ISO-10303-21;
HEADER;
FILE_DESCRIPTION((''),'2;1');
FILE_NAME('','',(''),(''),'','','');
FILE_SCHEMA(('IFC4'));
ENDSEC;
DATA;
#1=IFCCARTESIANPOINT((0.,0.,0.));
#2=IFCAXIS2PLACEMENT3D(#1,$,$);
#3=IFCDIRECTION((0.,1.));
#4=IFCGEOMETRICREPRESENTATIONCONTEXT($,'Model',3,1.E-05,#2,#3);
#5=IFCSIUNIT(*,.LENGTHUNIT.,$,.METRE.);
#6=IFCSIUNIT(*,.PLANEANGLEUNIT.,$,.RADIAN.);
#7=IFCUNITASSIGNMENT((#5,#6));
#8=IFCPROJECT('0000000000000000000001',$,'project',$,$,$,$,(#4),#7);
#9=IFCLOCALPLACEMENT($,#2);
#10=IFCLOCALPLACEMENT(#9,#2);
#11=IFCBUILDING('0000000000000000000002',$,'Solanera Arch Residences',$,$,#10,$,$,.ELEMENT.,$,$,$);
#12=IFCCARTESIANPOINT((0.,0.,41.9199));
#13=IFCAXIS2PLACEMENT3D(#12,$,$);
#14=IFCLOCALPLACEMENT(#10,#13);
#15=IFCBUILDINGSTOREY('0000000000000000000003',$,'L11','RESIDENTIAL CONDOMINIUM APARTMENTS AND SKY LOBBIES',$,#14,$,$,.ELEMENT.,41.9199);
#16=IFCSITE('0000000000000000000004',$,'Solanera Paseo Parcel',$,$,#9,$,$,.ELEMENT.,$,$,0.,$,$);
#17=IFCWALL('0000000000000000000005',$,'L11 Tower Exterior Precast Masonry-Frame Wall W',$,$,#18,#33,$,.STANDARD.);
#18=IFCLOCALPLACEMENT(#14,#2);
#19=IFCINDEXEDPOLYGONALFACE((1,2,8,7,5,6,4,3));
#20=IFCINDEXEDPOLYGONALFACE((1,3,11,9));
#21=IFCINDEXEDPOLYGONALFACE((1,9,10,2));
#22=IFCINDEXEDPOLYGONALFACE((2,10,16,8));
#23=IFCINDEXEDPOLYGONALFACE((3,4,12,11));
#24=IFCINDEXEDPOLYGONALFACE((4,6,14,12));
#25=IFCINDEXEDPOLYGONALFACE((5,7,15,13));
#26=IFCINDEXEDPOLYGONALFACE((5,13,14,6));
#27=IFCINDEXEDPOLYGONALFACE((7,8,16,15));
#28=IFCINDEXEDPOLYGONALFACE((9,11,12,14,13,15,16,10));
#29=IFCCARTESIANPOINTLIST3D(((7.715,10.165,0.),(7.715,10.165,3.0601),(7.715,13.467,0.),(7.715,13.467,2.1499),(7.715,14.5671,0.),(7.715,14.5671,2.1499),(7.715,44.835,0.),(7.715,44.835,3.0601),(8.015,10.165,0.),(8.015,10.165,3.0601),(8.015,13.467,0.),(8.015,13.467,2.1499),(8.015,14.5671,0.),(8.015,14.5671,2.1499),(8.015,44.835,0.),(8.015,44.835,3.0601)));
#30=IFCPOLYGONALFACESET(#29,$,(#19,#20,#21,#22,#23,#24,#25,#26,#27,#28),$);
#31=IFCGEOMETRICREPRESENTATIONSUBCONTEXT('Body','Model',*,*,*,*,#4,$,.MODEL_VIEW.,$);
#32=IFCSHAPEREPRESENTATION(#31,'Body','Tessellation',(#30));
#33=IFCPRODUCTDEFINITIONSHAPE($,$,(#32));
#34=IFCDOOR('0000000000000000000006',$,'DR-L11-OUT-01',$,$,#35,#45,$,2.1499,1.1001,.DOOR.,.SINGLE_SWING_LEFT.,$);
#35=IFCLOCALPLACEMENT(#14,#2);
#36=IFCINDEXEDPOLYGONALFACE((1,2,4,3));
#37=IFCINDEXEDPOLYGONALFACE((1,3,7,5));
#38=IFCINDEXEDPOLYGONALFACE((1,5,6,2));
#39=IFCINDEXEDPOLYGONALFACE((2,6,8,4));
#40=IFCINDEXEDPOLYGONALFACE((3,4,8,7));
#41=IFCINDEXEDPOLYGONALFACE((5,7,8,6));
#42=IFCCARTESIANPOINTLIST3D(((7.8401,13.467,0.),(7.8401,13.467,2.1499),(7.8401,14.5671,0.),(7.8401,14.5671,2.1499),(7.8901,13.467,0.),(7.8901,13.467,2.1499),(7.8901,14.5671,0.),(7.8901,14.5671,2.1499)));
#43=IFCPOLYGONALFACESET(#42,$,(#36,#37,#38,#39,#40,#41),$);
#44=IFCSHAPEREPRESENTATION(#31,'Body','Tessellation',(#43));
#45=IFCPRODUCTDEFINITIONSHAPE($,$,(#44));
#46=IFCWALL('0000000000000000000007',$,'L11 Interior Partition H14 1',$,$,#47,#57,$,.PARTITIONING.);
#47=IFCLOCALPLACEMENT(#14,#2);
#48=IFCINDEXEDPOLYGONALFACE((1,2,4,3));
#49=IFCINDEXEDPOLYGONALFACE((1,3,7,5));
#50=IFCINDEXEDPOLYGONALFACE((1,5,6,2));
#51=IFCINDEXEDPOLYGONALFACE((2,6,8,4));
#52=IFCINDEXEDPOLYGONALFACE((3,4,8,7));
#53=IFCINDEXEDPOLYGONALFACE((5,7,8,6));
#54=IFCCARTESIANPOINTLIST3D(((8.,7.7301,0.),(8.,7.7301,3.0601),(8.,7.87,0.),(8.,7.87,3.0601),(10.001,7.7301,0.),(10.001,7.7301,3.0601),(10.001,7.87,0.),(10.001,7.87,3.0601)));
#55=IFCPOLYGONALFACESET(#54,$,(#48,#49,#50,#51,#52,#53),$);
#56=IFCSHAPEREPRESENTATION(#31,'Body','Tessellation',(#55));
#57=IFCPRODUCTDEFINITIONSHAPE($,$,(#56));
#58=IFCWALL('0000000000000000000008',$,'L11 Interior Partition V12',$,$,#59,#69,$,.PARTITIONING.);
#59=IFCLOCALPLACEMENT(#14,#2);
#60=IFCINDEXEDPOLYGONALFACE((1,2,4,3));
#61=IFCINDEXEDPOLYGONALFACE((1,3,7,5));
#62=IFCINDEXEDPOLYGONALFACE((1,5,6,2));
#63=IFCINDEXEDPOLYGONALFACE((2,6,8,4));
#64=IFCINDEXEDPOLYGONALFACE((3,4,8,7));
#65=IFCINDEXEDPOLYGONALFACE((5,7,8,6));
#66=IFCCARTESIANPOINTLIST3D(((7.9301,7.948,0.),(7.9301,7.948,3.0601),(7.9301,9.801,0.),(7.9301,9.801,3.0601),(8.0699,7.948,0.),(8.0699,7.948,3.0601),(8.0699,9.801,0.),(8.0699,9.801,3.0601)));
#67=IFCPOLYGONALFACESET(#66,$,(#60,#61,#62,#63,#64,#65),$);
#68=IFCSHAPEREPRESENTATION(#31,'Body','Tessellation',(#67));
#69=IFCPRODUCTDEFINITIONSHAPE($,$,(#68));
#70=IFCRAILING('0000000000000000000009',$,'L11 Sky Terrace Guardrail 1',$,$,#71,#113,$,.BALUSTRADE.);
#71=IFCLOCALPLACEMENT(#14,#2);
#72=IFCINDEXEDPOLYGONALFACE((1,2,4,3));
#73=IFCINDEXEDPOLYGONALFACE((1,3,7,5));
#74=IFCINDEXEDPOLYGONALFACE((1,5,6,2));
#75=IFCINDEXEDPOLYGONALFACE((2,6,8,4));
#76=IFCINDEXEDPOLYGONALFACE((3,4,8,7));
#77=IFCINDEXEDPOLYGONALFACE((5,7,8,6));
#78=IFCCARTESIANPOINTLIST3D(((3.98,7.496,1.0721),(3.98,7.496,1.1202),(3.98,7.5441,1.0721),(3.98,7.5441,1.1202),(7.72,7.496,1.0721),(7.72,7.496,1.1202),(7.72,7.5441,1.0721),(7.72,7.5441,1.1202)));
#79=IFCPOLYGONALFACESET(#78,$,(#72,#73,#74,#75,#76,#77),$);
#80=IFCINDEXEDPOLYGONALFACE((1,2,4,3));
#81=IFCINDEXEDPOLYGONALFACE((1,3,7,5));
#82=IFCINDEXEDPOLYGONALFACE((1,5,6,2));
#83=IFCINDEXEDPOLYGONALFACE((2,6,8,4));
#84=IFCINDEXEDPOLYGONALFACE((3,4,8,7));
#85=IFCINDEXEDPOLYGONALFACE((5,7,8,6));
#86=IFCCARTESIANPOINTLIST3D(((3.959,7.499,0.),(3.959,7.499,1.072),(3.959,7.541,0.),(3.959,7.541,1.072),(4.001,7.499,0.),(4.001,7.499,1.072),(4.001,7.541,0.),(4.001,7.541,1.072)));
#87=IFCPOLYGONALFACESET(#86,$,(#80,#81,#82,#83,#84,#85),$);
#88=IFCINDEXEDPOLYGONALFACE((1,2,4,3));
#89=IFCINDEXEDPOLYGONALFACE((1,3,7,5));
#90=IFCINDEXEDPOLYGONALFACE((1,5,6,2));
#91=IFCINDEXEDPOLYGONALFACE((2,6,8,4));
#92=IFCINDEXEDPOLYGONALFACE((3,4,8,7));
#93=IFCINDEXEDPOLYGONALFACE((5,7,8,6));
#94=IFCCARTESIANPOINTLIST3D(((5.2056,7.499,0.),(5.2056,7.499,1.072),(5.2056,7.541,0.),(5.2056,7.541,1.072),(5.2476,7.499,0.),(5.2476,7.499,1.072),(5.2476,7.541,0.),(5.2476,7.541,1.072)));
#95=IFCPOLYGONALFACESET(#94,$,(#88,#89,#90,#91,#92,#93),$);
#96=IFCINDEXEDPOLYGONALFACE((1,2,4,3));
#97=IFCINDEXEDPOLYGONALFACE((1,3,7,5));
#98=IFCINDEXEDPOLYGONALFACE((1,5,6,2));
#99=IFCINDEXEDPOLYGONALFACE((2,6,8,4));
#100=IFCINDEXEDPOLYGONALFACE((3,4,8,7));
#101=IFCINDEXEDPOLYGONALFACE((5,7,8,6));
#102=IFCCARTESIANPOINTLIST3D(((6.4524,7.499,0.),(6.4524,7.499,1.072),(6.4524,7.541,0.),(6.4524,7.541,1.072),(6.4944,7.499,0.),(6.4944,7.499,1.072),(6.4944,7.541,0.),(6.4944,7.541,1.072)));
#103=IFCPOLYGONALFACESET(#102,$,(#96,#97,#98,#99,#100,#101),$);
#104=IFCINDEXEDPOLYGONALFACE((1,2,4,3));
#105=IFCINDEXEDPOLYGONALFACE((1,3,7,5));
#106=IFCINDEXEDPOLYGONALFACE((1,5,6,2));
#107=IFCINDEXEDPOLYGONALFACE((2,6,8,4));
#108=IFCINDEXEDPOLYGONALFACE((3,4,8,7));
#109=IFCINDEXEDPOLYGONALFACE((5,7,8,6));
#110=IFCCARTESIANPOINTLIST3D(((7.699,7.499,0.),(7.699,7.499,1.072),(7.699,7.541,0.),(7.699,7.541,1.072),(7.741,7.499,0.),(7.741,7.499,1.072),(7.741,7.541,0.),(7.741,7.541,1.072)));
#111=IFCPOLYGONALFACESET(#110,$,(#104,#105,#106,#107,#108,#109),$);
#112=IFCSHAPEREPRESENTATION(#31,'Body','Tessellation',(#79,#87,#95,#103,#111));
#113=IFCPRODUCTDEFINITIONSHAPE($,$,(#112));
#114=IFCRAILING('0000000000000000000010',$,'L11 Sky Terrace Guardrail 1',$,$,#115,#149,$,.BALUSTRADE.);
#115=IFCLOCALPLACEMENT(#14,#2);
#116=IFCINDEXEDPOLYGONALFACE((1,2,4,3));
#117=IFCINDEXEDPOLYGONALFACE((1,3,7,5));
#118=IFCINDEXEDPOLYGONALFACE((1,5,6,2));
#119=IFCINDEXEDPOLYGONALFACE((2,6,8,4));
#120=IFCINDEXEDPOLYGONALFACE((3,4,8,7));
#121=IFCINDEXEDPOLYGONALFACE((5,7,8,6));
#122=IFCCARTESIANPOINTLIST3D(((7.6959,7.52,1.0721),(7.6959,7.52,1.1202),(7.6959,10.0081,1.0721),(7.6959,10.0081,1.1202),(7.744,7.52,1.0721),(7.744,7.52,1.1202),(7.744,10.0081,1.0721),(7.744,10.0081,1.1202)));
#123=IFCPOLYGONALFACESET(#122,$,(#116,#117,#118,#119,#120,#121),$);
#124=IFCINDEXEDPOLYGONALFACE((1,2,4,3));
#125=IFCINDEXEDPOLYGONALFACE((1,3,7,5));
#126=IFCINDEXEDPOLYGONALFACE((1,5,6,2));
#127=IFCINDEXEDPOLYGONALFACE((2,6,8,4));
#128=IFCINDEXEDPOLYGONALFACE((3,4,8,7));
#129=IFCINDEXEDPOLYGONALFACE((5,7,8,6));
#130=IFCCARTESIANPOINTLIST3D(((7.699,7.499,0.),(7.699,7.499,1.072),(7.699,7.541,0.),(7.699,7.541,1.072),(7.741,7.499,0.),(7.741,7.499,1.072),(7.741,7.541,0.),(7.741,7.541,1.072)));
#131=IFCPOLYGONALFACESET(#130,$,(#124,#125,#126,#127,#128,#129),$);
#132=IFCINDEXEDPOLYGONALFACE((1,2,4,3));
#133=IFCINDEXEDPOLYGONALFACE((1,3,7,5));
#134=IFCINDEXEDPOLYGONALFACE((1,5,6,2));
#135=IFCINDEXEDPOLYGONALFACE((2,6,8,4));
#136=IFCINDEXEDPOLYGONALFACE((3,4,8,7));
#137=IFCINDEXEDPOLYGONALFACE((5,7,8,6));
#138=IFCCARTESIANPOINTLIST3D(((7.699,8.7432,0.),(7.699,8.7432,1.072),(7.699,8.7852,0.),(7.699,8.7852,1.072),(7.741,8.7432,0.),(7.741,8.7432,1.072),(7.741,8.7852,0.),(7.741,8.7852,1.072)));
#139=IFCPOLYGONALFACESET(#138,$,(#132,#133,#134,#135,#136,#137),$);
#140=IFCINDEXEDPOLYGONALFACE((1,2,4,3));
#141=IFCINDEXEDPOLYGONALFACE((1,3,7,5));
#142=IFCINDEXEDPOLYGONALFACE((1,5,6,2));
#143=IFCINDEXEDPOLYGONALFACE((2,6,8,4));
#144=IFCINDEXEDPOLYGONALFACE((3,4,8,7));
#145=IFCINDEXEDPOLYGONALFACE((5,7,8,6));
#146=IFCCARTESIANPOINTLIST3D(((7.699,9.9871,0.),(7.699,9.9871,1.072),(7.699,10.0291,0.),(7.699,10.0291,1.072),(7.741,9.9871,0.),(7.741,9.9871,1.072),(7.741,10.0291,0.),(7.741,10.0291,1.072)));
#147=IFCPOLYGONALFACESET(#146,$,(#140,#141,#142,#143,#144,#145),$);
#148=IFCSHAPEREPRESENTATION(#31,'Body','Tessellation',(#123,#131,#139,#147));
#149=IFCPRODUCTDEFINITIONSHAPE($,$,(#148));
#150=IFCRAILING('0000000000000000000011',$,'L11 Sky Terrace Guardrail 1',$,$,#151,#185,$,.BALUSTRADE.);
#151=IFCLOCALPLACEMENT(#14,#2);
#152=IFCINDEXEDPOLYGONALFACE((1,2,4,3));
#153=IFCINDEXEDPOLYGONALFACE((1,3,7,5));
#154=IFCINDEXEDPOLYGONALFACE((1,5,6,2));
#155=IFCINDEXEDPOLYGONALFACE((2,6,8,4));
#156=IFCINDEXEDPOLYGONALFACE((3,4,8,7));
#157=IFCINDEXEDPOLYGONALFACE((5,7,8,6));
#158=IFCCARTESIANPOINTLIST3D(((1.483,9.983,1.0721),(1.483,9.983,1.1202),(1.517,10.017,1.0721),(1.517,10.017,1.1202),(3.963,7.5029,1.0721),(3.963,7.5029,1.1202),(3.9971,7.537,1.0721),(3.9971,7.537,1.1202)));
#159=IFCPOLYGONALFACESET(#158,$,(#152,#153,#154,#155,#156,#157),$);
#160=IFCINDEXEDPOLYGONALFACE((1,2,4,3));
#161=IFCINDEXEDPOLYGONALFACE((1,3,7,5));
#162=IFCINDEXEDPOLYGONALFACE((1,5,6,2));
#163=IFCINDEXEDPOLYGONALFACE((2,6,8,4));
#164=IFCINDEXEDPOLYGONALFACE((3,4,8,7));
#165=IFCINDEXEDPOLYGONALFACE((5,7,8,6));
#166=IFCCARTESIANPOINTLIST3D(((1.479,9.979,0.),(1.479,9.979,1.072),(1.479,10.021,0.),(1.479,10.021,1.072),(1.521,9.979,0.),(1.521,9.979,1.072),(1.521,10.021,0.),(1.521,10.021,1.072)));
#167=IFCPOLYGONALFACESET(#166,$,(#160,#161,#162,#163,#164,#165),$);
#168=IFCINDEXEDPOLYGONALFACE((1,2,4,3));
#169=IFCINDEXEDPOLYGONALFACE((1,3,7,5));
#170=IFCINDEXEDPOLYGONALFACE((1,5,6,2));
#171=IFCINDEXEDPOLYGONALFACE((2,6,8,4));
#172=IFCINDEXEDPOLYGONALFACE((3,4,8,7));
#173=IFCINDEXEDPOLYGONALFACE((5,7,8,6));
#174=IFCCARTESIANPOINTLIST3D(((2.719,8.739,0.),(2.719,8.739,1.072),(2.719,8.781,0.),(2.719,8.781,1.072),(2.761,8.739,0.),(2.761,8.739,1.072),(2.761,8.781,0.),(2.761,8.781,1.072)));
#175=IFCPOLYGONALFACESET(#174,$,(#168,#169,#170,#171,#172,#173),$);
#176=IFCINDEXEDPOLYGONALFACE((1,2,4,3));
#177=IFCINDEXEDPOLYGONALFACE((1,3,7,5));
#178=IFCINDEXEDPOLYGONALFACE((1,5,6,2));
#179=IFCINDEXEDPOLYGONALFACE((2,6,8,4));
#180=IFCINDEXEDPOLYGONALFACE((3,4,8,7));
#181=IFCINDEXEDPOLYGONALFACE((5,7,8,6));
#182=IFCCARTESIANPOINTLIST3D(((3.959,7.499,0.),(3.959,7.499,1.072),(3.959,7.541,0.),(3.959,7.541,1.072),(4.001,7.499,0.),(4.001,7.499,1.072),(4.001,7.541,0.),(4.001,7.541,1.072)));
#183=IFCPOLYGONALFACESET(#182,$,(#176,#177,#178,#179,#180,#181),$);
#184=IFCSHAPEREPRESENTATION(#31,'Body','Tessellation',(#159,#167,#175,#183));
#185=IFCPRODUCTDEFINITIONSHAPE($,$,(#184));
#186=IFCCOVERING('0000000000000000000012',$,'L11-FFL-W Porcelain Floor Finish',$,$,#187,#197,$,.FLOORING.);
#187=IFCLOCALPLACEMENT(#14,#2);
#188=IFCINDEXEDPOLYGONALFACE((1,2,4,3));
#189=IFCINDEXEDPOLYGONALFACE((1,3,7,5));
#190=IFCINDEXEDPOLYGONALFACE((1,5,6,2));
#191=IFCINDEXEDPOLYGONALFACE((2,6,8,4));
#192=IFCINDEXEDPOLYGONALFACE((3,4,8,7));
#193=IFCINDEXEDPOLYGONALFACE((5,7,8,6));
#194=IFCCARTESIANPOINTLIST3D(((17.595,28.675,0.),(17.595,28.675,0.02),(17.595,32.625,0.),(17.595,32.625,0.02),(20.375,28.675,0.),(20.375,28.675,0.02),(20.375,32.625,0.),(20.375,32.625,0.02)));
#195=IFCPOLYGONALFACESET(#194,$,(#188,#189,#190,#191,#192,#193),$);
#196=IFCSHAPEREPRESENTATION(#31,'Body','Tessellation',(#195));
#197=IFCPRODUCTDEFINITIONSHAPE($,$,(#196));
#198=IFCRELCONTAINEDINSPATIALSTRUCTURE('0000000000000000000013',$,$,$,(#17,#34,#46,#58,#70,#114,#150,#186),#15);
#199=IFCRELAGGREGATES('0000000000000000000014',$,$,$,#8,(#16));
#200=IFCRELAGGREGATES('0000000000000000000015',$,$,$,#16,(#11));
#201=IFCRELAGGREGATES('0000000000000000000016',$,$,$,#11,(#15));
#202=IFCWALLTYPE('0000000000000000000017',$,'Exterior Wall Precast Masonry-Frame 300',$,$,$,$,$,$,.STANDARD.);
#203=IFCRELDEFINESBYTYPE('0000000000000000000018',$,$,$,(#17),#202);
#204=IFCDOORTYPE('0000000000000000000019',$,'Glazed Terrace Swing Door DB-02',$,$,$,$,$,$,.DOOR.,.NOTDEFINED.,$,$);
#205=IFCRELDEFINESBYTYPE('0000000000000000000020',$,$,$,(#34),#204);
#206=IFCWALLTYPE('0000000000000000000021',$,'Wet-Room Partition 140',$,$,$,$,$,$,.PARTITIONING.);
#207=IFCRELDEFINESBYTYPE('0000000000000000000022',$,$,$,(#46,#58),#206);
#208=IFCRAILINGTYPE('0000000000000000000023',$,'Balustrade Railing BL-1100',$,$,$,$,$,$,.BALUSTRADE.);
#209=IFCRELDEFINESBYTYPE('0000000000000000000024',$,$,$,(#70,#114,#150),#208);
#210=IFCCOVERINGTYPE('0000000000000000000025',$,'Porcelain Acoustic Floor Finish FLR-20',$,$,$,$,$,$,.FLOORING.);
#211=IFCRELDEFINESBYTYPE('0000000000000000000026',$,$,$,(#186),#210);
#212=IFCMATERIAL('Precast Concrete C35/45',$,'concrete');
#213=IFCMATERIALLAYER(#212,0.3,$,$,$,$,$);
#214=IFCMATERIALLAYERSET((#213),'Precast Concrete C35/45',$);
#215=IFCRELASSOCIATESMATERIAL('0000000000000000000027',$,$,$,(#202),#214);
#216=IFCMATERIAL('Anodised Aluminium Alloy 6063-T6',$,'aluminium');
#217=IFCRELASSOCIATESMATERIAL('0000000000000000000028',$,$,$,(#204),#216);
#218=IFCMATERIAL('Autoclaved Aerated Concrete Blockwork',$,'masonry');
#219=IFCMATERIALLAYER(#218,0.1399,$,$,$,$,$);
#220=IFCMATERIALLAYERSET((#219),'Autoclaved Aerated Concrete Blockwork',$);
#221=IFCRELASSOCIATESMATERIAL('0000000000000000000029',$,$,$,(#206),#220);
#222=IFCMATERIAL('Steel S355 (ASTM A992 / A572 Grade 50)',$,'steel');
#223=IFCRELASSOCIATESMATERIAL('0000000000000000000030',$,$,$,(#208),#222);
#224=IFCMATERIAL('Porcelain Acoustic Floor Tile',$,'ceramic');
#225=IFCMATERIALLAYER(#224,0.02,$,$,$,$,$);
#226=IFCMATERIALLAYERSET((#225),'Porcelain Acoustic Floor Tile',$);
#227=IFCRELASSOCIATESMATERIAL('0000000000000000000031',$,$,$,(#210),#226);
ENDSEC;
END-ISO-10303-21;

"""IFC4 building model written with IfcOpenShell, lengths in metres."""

from ifc_helpers import new_model, si_unit, direction, frame, frame_2d, origin, origin_2d, place, context, subcontext, project, spatial, polyline, rectangle, outline, extrude, material, layer, layer_set, type_object, element, fill, save


model = new_model("IFC4")

# Units and contexts
model_context = context("Model", 3, precision=1e-05, world=origin(), true_north=direction((0.0, 1.0)))
body_context = subcontext(model_context, "Body", "Model", "MODEL_VIEW")
ifc_project = project(units=[si_unit("LENGTHUNIT", "METRE"), si_unit("PLANEANGLEUNIT", "RADIAN")], contexts=[model_context])

# Site, building, storey
site_placement = place(None, origin())
site = spatial("IfcSite", under=ifc_project, at=site_placement, Name="Solanera Paseo Parcel", CompositionType="ELEMENT", RefElevation=0.0)
building_placement = place(site_placement, origin())
building = spatial("IfcBuilding", under=site, at=building_placement, Name="Solanera Arch Residences", CompositionType="ELEMENT")
storey_placement = place(building_placement, frame((0.0, 0.0, 41.9199)))
storey = spatial("IfcBuildingStorey", under=building, at=storey_placement, Name="L11", Description="RESIDENTIAL CONDOMINIUM APARTMENTS AND SKY LOBBIES", CompositionType="ELEMENT", Elevation=41.9199)

# Wall, opening, door
ifc_material_1 = material(Name="Precast Concrete C35/45", Category="concrete")
ifc_layer_1 = layer(ifc_material_1, 0.3)
ifc_layer_set_1 = layer_set([ifc_layer_1], Name="Precast Concrete C35/45")
wall_type_1 = type_object("IfcWallType", Name="Exterior Wall Precast Masonry-Frame 300", PredefinedType="STANDARD", material=ifc_layer_set_1)
wall_1_placement = place(storey_placement, frame((7.865, 10.165, 0.0), z_axis=(0.0, 0.0, 1.0), x_axis=(0.0, 1.0, 0.0)))
wall_1 = element("IfcWall", 1, at=wall_1_placement, inside=storey, type_object=wall_type_1, Name="L11 Tower Exterior Precast Masonry-Frame Wall W", PredefinedType="STANDARD", context=body_context, shape_type="SweptSolid", body=[
    extrude(rectangle(XDim=34.6699, YDim=0.3, at=frame_2d((17.335, 0.0))), origin(), (0.0, 0.0, 1.0), 3.0601),
])
opening_placement = place(wall_1_placement, frame((3.302, 0.0, 0.0)))
opening = element("IfcOpeningElement", 2, at=opening_placement, cuts=wall_1, PredefinedType="OPENING", context=body_context, shape_type="SweptSolid", body=[
    extrude(rectangle(XDim=1.1001, YDim=2.1499, at=frame_2d((0.55, 1.075))), frame((0.0, 0.1599, 0.0), z_axis=(0.0, -1.0, 0.0), x_axis=(1.0, 0.0, 0.0)), (0.0, 0.0, 1.0), 0.32),
])
ifc_material_2 = material(Name="Anodised Aluminium Alloy 6063-T6", Category="aluminium")
door_type = type_object("IfcDoorType", Name="Glazed Terrace Swing Door DB-02", OperationType="NOTDEFINED", PredefinedType="DOOR", material=ifc_material_2)
door_placement = place(opening_placement, origin())
door = element("IfcDoor", 3, at=door_placement, inside=storey, type_object=door_type, Name="DR-L11-OUT-01", OperationType="SINGLE_SWING_LEFT", OverallHeight=2.1499, OverallWidth=1.1001, PredefinedType="DOOR", context=body_context, shape_type="SweptSolid", body=[
    extrude(rectangle(XDim=1.1001, YDim=2.1499, at=frame_2d((0.55, 1.075))), frame((0.0, 0.0249, 0.0), z_axis=(0.0, -1.0, 0.0), x_axis=(1.0, 0.0, 0.0)), (0.0, 0.0, 1.0), 0.05),
])
fill(opening, door)

# Walls
ifc_material_3 = material(Name="Autoclaved Aerated Concrete Blockwork", Category="masonry")
ifc_layer_2 = layer(ifc_material_3, 0.1399)
ifc_layer_set_2 = layer_set([ifc_layer_2], Name="Autoclaved Aerated Concrete Blockwork")
wall_type_2 = type_object("IfcWallType", Name="Wet-Room Partition 140", PredefinedType="PARTITIONING", material=ifc_layer_set_2)
wall_2_placement = place(storey_placement, frame((8.0, 7.8, 0.0), z_axis=(0.0, 0.0, 1.0), x_axis=(1.0, 0.0, 0.0)))
element("IfcWall", 4, at=wall_2_placement, inside=storey, type_object=wall_type_2, Name="L11 Interior Partition H14 1", PredefinedType="PARTITIONING", context=body_context, shape_type="SweptSolid", body=[
    extrude(rectangle(XDim=2.001, YDim=0.1399, at=frame_2d((1.0005, 0.0))), origin(), (0.0, 0.0, 1.0), 3.0601),
])
wall_3_placement = place(storey_placement, frame((8.0, 7.948, 0.0), z_axis=(0.0, 0.0, 1.0), x_axis=(0.0, 1.0, 0.0)))
element("IfcWall", 5, at=wall_3_placement, inside=storey, type_object=wall_type_2, Name="L11 Interior Partition V12", PredefinedType="PARTITIONING", context=body_context, shape_type="SweptSolid", body=[
    extrude(rectangle(XDim=1.853, YDim=0.1399, at=frame_2d((0.9265, 0.0))), origin(), (0.0, 0.0, 1.0), 3.0601),
])

# Railings
ifc_material_4 = material(Name="Steel S355 (ASTM A992 / A572 Grade 50)", Category="steel")
railing_type = type_object("IfcRailingType", Name="Balustrade Railing BL-1100", PredefinedType="BALUSTRADE", material=ifc_material_4)
railing_1_placement = place(storey_placement, frame((3.98, 7.52, 0.0)))
element("IfcRailing", 6, at=railing_1_placement, inside=storey, type_object=railing_type, Name="L11 Sky Terrace Guardrail 1", PredefinedType="BALUSTRADE", context=body_context, shape_type="SweptSolid", body=[
    extrude(rectangle(XDim=0.0481, YDim=0.0481, at=origin_2d()), frame((0.0, 0.0, 1.0962), z_axis=(1.0, 0.0, 0.0), x_axis=(0.0, 1.0, 0.0)), (0.0, 0.0, 1.0), 3.74),
    extrude(rectangle(XDim=0.042, YDim=0.042, at=origin_2d()), origin(), (0.0, 0.0, 1.0), 1.072),
    extrude(rectangle(XDim=0.042, YDim=0.042, at=origin_2d()), frame((1.2466, 0.0, 0.0)), (0.0, 0.0, 1.0), 1.072),
    extrude(rectangle(XDim=0.042, YDim=0.042, at=origin_2d()), frame((2.4934, 0.0, 0.0)), (0.0, 0.0, 1.0), 1.072),
    extrude(rectangle(XDim=0.042, YDim=0.042, at=origin_2d()), frame((3.74, 0.0, 0.0)), (0.0, 0.0, 1.0), 1.072),
])
railing_2_placement = place(storey_placement, frame((7.72, 7.52, 0.0)))
element("IfcRailing", 7, at=railing_2_placement, inside=storey, type_object=railing_type, Name="L11 Sky Terrace Guardrail 1", PredefinedType="BALUSTRADE", context=body_context, shape_type="SweptSolid", body=[
    extrude(rectangle(XDim=0.0481, YDim=0.0481, at=origin_2d()), frame((0.0, 0.0, 1.0962), z_axis=(0.0, 1.0, 0.0), x_axis=(-1.0, 0.0, 0.0)), (0.0, 0.0, 1.0), 2.488),
    extrude(rectangle(XDim=0.042, YDim=0.042, at=origin_2d()), origin(), (0.0, 0.0, 1.0), 1.072),
    extrude(rectangle(XDim=0.042, YDim=0.042, at=origin_2d()), frame((0.0, 1.2441, 0.0)), (0.0, 0.0, 1.0), 1.072),
    extrude(rectangle(XDim=0.042, YDim=0.042, at=origin_2d()), frame((0.0, 2.488, 0.0)), (0.0, 0.0, 1.0), 1.072),
])
railing_3_placement = place(storey_placement, frame((1.5, 10.0, 0.0)))
element("IfcRailing", 8, at=railing_3_placement, inside=storey, type_object=railing_type, Name="L11 Sky Terrace Guardrail 1", PredefinedType="BALUSTRADE", context=body_context, shape_type="SweptSolid", body=[
    extrude(rectangle(XDim=0.0481, YDim=0.0481, at=origin_2d()), frame((0.0, 0.0, 1.0962), z_axis=(0.707107, -0.707107, 0.0), x_axis=(0.707107, 0.707107, 0.0)), (0.0, 0.0, 1.0), 3.5073),
    extrude(rectangle(XDim=0.042, YDim=0.042, at=origin_2d()), origin(), (0.0, 0.0, 1.0), 1.072),
    extrude(rectangle(XDim=0.042, YDim=0.042, at=origin_2d()), frame((1.24, -1.24, 0.0)), (0.0, 0.0, 1.0), 1.072),
    extrude(rectangle(XDim=0.042, YDim=0.042, at=origin_2d()), frame((2.48, -2.48, 0.0)), (0.0, 0.0, 1.0), 1.072),
])

# Covering
ifc_material_5 = material(Name="Porcelain Acoustic Floor Tile", Category="ceramic")
ifc_layer_3 = layer(ifc_material_5, 0.02)
ifc_layer_set_3 = layer_set([ifc_layer_3], Name="Porcelain Acoustic Floor Tile")
covering_type_1 = type_object("IfcCoveringType", Name="Porcelain Acoustic Floor Finish FLR-20", PredefinedType="FLOORING", material=ifc_layer_set_3)
covering_1_placement = place(storey_placement, origin())
element("IfcCovering", 9, at=covering_1_placement, inside=storey, type_object=covering_type_1, Name="L11-FFL-W Porcelain Floor Finish", PredefinedType="FLOORING", context=body_context, shape_type="SweptSolid", body=[
    extrude(outline(polyline([(20.375, 28.675), (17.595, 28.675), (17.595, 32.625), (20.375, 32.625), (20.375, 28.675)])), origin(), (0.0, 0.0, 1.0), 0.02),
])

save(model, "model.ifc")
